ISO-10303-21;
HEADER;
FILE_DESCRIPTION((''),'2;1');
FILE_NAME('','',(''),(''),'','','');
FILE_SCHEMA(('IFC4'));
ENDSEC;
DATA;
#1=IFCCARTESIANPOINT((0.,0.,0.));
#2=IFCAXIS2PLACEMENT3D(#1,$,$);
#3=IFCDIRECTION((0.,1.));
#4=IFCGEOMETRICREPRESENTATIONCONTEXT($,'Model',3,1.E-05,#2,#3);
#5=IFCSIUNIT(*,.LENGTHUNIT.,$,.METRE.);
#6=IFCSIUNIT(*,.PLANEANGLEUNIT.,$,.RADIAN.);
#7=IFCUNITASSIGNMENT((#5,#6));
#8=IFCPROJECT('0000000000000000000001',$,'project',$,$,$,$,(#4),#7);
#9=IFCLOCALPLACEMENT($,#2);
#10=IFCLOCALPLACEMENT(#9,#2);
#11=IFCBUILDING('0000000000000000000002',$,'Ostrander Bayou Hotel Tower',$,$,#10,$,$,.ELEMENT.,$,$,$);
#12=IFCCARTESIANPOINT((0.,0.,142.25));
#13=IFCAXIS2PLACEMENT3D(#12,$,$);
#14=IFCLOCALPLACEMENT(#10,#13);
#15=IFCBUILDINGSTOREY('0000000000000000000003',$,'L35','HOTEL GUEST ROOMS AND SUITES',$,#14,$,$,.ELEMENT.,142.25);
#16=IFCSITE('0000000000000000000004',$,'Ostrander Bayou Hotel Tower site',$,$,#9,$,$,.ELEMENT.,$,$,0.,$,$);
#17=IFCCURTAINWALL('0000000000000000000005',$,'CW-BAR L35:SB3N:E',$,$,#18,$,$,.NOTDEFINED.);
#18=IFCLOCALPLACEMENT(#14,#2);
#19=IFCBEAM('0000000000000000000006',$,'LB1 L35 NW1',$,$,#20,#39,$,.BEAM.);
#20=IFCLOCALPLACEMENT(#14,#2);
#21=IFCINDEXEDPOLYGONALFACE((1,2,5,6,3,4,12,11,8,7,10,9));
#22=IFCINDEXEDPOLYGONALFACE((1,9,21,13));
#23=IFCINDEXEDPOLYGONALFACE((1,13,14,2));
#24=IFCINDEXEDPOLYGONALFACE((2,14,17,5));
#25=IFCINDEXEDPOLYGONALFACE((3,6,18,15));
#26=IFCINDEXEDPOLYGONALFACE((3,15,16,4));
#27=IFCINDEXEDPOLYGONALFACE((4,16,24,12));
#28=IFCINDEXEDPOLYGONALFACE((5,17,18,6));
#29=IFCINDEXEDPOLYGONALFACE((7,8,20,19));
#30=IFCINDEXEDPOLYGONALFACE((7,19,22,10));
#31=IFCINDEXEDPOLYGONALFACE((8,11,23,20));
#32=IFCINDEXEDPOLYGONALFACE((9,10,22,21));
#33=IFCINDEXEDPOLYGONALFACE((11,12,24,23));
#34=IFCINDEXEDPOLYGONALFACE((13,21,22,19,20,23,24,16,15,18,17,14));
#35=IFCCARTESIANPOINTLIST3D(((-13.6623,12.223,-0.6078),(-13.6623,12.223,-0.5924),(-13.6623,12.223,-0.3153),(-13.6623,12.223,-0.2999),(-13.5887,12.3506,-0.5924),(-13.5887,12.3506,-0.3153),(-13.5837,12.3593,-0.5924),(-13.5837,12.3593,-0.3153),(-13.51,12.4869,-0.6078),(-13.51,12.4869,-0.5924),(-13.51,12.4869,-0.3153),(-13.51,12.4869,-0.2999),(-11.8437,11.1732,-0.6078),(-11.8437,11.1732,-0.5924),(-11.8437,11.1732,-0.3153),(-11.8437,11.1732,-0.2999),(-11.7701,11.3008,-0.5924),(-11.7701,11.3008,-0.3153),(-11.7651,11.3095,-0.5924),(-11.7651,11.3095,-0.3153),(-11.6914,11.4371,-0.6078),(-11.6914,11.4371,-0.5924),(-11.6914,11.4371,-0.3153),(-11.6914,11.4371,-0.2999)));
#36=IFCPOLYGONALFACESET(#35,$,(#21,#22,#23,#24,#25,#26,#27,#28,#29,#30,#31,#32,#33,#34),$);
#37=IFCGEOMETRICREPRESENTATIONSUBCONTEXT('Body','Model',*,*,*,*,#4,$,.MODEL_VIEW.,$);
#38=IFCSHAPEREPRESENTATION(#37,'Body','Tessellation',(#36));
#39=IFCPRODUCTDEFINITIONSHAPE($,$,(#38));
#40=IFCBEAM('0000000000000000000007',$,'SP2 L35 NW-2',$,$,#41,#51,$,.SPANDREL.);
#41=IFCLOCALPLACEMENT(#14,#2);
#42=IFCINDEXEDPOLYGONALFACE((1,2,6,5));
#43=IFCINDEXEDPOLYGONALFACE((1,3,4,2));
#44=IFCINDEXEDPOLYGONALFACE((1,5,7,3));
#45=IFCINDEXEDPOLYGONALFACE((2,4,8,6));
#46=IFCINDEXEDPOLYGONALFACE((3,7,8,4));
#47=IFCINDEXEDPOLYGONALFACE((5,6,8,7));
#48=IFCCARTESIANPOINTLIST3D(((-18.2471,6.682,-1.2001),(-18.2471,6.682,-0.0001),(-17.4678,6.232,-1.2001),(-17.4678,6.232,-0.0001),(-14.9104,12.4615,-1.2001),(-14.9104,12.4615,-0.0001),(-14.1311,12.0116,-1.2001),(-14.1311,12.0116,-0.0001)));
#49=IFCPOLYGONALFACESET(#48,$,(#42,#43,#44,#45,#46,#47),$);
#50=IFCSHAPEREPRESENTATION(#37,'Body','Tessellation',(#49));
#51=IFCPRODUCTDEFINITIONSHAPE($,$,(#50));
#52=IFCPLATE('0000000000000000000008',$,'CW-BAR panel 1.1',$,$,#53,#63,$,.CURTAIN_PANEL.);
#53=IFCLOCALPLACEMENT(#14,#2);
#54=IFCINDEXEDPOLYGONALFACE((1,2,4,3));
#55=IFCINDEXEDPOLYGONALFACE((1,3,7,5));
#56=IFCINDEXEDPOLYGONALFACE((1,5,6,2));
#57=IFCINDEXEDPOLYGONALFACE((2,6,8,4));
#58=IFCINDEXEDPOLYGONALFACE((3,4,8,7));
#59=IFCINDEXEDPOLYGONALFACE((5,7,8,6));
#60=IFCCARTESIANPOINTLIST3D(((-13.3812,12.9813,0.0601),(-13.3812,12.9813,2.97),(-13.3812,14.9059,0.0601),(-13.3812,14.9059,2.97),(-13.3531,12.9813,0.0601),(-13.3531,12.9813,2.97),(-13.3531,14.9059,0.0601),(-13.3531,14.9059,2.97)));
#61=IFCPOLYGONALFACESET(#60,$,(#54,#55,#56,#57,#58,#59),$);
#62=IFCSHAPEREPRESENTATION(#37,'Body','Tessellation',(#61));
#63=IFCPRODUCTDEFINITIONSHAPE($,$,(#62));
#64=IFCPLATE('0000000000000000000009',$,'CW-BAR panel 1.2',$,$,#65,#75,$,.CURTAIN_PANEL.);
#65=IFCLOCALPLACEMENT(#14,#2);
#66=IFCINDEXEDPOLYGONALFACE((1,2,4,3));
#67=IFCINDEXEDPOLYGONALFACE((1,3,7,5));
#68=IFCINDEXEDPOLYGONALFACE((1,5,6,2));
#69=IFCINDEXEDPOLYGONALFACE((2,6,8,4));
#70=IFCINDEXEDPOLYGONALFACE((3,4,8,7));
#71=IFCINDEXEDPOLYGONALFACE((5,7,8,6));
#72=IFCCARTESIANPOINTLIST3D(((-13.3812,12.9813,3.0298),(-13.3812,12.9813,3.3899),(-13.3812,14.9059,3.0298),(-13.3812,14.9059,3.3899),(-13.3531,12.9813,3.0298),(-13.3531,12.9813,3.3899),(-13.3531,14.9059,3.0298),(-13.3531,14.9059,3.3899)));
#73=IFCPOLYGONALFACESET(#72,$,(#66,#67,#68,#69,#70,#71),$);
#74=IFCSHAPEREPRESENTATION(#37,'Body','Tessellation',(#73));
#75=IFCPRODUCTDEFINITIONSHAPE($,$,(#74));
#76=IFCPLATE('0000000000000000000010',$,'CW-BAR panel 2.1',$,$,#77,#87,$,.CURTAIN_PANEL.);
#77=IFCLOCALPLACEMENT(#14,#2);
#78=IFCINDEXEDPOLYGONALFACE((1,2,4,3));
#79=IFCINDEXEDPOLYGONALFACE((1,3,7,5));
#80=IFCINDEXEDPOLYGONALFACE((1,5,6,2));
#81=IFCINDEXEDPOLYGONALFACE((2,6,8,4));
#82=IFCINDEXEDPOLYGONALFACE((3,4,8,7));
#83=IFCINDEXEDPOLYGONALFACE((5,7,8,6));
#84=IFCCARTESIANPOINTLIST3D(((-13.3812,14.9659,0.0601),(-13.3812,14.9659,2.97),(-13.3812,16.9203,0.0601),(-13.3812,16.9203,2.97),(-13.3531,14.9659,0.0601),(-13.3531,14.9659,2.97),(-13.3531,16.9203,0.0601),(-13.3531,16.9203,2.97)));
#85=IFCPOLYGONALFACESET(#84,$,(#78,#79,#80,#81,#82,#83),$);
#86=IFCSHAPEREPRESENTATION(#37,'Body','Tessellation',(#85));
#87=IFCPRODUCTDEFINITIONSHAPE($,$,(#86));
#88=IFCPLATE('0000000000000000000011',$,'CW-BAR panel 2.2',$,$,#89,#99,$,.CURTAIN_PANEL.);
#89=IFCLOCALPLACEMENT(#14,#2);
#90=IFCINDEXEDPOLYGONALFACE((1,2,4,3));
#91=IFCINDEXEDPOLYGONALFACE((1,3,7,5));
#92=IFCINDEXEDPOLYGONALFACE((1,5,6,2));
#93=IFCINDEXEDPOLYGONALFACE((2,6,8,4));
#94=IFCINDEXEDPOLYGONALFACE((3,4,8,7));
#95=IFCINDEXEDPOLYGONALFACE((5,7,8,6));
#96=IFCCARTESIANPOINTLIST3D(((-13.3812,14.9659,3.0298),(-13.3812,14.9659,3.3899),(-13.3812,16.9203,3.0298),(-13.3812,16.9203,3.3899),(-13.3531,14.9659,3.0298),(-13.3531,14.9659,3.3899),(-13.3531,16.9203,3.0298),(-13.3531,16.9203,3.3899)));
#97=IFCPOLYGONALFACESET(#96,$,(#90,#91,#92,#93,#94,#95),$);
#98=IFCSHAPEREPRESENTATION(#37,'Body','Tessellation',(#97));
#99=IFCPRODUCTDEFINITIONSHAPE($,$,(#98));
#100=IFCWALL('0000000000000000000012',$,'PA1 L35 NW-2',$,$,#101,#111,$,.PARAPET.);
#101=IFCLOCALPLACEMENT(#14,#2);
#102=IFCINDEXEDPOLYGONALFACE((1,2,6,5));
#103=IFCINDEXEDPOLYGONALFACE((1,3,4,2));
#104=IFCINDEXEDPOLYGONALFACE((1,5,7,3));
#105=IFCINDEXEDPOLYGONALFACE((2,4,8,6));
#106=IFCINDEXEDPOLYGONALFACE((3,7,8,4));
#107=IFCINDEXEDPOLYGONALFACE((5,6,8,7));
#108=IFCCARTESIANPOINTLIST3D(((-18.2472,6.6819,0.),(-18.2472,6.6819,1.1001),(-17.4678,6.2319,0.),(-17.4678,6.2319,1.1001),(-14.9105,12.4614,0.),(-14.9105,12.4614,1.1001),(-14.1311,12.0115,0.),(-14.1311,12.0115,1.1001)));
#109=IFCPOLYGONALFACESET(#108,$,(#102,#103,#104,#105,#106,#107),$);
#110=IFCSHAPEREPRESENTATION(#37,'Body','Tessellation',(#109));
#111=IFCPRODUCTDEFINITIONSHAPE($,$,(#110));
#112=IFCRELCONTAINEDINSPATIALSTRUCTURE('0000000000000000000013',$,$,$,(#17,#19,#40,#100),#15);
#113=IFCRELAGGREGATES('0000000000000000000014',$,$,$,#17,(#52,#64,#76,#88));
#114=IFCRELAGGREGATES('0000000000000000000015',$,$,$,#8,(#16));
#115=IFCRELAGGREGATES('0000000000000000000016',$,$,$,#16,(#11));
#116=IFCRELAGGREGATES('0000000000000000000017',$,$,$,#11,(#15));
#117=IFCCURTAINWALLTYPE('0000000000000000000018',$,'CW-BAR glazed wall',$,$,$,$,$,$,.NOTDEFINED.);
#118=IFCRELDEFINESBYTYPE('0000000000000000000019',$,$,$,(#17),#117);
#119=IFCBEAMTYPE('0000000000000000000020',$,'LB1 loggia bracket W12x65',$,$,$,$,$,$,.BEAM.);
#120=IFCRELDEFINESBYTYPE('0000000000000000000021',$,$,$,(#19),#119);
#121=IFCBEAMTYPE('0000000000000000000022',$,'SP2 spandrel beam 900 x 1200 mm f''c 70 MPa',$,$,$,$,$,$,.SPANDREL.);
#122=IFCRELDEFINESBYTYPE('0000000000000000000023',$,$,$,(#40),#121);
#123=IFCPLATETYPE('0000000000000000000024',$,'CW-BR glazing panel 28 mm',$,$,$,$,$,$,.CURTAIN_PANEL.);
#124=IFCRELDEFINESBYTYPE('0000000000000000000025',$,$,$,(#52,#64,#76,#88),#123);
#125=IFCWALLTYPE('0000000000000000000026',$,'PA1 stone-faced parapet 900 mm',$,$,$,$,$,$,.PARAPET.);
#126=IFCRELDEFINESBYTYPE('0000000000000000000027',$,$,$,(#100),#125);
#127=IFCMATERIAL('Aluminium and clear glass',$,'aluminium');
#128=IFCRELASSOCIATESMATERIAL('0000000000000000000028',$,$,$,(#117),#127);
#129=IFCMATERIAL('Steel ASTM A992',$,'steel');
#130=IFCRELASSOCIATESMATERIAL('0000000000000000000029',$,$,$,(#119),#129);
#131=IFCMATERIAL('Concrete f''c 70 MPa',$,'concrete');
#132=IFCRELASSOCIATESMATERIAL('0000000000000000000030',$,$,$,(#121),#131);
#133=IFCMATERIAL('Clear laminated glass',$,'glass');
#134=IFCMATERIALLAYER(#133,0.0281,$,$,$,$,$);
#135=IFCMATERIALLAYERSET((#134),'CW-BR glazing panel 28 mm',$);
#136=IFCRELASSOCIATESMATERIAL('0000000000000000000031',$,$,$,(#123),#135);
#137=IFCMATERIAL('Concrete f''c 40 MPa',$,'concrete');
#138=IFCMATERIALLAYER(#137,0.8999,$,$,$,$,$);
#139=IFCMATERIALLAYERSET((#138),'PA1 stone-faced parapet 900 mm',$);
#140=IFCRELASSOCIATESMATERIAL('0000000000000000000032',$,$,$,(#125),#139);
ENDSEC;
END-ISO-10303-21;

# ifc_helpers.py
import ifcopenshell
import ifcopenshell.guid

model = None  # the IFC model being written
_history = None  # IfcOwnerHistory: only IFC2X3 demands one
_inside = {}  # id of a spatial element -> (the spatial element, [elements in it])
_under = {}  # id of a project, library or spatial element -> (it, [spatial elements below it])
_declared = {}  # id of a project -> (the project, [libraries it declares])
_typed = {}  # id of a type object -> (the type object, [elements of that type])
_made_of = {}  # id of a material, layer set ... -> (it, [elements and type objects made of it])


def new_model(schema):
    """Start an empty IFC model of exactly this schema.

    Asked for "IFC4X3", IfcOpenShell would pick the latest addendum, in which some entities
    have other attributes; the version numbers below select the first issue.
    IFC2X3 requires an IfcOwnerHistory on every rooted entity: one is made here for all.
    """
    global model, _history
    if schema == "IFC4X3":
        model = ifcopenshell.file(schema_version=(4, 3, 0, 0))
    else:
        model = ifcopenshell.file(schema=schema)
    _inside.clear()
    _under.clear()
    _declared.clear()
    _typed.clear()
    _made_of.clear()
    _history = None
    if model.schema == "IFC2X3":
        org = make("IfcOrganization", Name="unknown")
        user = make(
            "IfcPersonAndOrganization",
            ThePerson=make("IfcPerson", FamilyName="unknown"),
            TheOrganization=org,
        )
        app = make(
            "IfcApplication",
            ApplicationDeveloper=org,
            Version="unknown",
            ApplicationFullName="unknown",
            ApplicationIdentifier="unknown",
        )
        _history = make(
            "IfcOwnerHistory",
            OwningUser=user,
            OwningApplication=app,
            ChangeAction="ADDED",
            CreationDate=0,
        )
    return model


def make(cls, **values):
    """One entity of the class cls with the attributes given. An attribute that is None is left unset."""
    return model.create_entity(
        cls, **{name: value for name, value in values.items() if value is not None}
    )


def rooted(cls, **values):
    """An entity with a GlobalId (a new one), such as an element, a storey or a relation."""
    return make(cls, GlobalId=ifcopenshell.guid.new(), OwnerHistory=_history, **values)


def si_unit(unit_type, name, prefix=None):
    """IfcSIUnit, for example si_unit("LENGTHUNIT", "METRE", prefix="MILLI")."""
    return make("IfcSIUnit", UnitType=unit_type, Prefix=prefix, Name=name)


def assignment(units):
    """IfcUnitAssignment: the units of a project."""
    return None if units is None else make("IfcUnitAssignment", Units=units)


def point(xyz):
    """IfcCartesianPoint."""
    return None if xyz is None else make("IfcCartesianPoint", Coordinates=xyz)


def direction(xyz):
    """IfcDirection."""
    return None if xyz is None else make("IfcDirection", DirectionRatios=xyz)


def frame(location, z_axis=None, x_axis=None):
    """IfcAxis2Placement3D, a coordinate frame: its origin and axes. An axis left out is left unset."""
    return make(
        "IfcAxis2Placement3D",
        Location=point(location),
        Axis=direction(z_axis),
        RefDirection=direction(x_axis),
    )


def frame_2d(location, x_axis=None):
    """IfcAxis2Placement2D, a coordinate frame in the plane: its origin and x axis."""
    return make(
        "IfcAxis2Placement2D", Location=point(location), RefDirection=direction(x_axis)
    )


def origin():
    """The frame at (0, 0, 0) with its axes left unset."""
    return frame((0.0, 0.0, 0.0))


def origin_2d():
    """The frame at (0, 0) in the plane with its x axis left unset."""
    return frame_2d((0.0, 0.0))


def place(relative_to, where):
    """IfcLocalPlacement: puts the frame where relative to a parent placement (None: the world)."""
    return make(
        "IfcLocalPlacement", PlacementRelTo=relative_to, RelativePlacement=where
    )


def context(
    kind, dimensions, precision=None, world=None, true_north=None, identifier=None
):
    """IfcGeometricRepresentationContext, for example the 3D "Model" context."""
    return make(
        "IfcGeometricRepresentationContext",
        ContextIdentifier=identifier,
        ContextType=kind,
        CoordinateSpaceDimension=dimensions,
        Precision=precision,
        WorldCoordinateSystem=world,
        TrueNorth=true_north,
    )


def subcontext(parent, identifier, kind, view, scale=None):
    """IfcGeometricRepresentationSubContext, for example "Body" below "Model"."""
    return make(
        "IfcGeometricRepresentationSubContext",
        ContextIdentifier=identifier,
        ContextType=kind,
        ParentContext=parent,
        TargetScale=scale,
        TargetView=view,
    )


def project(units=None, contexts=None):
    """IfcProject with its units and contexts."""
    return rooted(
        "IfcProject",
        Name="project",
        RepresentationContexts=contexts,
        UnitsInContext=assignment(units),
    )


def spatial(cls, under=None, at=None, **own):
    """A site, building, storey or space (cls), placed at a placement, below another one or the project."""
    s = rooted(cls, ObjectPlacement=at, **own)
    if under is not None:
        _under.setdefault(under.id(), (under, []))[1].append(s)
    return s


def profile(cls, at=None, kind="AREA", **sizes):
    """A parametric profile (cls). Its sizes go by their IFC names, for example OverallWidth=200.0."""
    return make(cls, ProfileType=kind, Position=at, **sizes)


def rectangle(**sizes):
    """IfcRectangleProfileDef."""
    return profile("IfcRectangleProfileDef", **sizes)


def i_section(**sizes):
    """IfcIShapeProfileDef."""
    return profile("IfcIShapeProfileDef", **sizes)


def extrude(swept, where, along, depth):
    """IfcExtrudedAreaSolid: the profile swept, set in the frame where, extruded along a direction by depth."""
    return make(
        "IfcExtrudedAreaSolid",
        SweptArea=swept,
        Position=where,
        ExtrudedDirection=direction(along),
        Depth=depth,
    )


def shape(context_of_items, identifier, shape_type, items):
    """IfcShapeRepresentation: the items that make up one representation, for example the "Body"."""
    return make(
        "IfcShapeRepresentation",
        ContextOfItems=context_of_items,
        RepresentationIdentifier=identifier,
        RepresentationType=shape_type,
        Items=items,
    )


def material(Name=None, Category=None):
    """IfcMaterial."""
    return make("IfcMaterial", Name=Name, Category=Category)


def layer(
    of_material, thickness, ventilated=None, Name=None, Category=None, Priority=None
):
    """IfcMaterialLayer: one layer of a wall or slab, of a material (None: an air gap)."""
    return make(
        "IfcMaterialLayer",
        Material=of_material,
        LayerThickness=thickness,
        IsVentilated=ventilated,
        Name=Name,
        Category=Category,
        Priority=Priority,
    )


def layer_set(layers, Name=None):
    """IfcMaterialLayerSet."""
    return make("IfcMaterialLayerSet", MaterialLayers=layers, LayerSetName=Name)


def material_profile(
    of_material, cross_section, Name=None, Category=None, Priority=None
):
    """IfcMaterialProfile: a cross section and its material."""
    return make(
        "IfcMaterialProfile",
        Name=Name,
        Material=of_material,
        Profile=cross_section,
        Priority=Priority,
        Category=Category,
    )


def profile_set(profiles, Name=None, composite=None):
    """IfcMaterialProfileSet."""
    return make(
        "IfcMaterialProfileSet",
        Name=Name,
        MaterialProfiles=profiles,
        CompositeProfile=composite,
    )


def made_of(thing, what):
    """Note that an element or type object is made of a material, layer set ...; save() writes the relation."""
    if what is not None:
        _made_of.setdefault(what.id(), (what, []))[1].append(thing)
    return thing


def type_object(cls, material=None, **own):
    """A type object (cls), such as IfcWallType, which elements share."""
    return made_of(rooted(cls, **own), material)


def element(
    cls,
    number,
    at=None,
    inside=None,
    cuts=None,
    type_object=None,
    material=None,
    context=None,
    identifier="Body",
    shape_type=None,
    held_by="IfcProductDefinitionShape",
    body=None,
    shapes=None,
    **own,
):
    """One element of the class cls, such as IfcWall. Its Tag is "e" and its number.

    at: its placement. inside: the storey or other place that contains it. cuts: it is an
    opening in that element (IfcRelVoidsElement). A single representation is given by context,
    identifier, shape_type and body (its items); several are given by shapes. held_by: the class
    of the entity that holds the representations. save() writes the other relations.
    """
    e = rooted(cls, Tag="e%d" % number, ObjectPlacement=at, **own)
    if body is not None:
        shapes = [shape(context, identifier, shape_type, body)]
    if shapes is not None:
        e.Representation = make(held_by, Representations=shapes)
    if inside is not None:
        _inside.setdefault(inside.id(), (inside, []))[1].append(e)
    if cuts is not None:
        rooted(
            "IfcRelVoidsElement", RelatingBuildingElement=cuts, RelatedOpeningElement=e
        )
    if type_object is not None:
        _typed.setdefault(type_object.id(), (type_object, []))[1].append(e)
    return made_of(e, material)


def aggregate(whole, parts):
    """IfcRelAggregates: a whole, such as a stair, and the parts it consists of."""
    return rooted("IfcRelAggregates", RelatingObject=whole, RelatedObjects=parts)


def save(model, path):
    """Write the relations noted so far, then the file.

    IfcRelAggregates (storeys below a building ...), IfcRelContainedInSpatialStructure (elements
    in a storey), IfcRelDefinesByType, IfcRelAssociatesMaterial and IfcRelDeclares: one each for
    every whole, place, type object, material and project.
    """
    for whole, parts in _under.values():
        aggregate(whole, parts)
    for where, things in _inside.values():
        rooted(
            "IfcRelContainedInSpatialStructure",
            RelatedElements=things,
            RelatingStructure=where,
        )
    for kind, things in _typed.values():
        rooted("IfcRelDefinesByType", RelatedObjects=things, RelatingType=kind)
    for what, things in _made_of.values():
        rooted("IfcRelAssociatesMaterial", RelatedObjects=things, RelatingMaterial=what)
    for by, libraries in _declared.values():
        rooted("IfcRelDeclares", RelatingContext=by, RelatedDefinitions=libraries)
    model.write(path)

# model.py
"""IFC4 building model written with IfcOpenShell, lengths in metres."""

from ifc_helpers import new_model, si_unit, direction, frame, frame_2d, origin, origin_2d, place, context, subcontext, project, spatial, rectangle, i_section, extrude, material, layer, layer_set, material_profile, profile_set, type_object, element, aggregate, save


model = new_model("IFC4")

# Units and contexts
model_context = context("Model", 3, precision=1e-05, world=origin(), true_north=direction((0.0, 1.0)))
body_context = subcontext(model_context, "Body", "Model", "MODEL_VIEW")
ifc_project = project(units=[si_unit("LENGTHUNIT", "METRE"), si_unit("PLANEANGLEUNIT", "RADIAN")], contexts=[model_context])

# Site, building, storey
site_placement = place(None, origin())
site = spatial("IfcSite", under=ifc_project, at=site_placement, Name="Ostrander Bayou Hotel Tower site", CompositionType="ELEMENT", RefElevation=0.0)
building_placement = place(site_placement, origin())
building = spatial("IfcBuilding", under=site, at=building_placement, Name="Ostrander Bayou Hotel Tower", CompositionType="ELEMENT")
storey_placement = place(building_placement, frame((0.0, 0.0, 142.25)))
storey = spatial("IfcBuildingStorey", under=building, at=storey_placement, Name="L35", Description="HOTEL GUEST ROOMS AND SUITES", CompositionType="ELEMENT", Elevation=142.25)

# Curtain wall
ifc_material_1 = material(Name="Aluminium and clear glass", Category="aluminium")
curtain_wall_type = type_object("IfcCurtainWallType", Name="CW-BAR glazed wall", PredefinedType="NOTDEFINED", material=ifc_material_1)
curtain_wall_placement = place(storey_placement, origin())
curtain_wall = element("IfcCurtainWall", 1, at=curtain_wall_placement, inside=storey, type_object=curtain_wall_type, Name="CW-BAR L35:SB3N:E", PredefinedType="NOTDEFINED")

# Beams
ifc_material_2 = material(Name="Steel ASTM A992", Category="steel")
ifc_material_profile_1 = material_profile(ifc_material_2, i_section(OverallWidth=0.3047, OverallDepth=0.3079, WebThickness=0.01, FlangeThickness=0.0154, at=origin_2d()))
ifc_profile_set_1 = profile_set([ifc_material_profile_1], Name="Steel ASTM A992")
beam_type_1 = type_object("IfcBeamType", Name="LB1 loggia bracket W12x65", PredefinedType="BEAM", material=ifc_profile_set_1)
beam_1_placement = place(storey_placement, frame((-13.5862, 12.355, -0.4539), z_axis=(0.86606, -0.499941, 0.0), x_axis=(0.499941, 0.86606, 0.0)))
element("IfcBeam", 2, at=beam_1_placement, inside=storey, type_object=beam_type_1, Name="LB1 L35 NW1", PredefinedType="BEAM", context=body_context, shape_type="SweptSolid", body=[
    extrude(i_section(OverallWidth=0.3047, OverallDepth=0.3079, WebThickness=0.01, FlangeThickness=0.0154, at=origin_2d()), origin(), (0.0, 0.0, 1.0), 2.0999),
])
ifc_material_3 = material(Name="Concrete f'c 70 MPa", Category="concrete")
ifc_material_profile_2 = material_profile(ifc_material_3, rectangle(XDim=0.8999, YDim=1.2, at=origin_2d()))
ifc_profile_set_2 = profile_set([ifc_material_profile_2], Name="Concrete f'c 70 MPa")
beam_type_2 = type_object("IfcBeamType", Name="SP2 spandrel beam 900 x 1200 mm f'c 70 MPa", PredefinedType="SPANDREL", material=ifc_profile_set_2)
beam_2_placement = place(storey_placement, frame((-14.5208, 12.2366, -0.6001), z_axis=(-0.499983, -0.866035, 0.0), x_axis=(0.866035, -0.499983, 0.0)))
element("IfcBeam", 3, at=beam_2_placement, inside=storey, type_object=beam_type_2, Name="SP2 L35 NW-2", PredefinedType="SPANDREL", context=body_context, shape_type="SweptSolid", body=[
    extrude(rectangle(XDim=0.8999, YDim=1.2, at=origin_2d()), origin(), (0.0, 0.0, 1.0), 6.6736),
])

# Plates
ifc_material_4 = material(Name="Clear laminated glass", Category="glass")
ifc_layer_1 = layer(ifc_material_4, 0.0281)
ifc_layer_set_1 = layer_set([ifc_layer_1], Name="CW-BR glazing panel 28 mm")
plate_type = type_object("IfcPlateType", Name="CW-BR glazing panel 28 mm", PredefinedType="CURTAIN_PANEL", material=ifc_layer_set_1)
plate_1_placement = place(storey_placement, frame((-13.3672, 13.9436, 0.0601), z_axis=(0.0, 0.0, 1.0), x_axis=(0.0, 1.0, 0.0)))
plate_1 = element("IfcPlate", 4, at=plate_1_placement, type_object=plate_type, Name="CW-BAR panel 1.1", PredefinedType="CURTAIN_PANEL", context=body_context, shape_type="SweptSolid", body=[
    extrude(rectangle(XDim=1.9246, YDim=0.0281, at=origin_2d()), origin(), (0.0, 0.0, 1.0), 2.9099),
])
plate_2_placement = place(storey_placement, frame((-13.3672, 13.9436, 3.0298), z_axis=(0.0, 0.0, 1.0), x_axis=(0.0, 1.0, 0.0)))
plate_2 = element("IfcPlate", 5, at=plate_2_placement, type_object=plate_type, Name="CW-BAR panel 1.2", PredefinedType="CURTAIN_PANEL", context=body_context, shape_type="SweptSolid", body=[
    extrude(rectangle(XDim=1.9246, YDim=0.0281, at=origin_2d()), origin(), (0.0, 0.0, 1.0), 0.3601),
])
plate_3_placement = place(storey_placement, frame((-13.3672, 15.9431, 0.0601), z_axis=(0.0, 0.0, 1.0), x_axis=(0.0, 1.0, 0.0)))
plate_3 = element("IfcPlate", 6, at=plate_3_placement, type_object=plate_type, Name="CW-BAR panel 2.1", PredefinedType="CURTAIN_PANEL", context=body_context, shape_type="SweptSolid", body=[
    extrude(rectangle(XDim=1.9543, YDim=0.0281, at=origin_2d()), origin(), (0.0, 0.0, 1.0), 2.9099),
])
plate_4_placement = place(storey_placement, frame((-13.3672, 15.9431, 3.0298), z_axis=(0.0, 0.0, 1.0), x_axis=(0.0, 1.0, 0.0)))
plate_4 = element("IfcPlate", 7, at=plate_4_placement, type_object=plate_type, Name="CW-BAR panel 2.2", PredefinedType="CURTAIN_PANEL", context=body_context, shape_type="SweptSolid", body=[
    extrude(rectangle(XDim=1.9543, YDim=0.0281, at=origin_2d()), origin(), (0.0, 0.0, 1.0), 0.3601),
])
aggregate(curtain_wall, [plate_1, plate_2, plate_3, plate_4])

# Wall
ifc_material_5 = material(Name="Concrete f'c 40 MPa", Category="concrete")
ifc_layer_2 = layer(ifc_material_5, 0.8999)
ifc_layer_set_2 = layer_set([ifc_layer_2], Name="PA1 stone-faced parapet 900 mm")
wall_type = type_object("IfcWallType", Name="PA1 stone-faced parapet 900 mm", PredefinedType="PARAPET", material=ifc_layer_set_2)
wall_placement = place(storey_placement, frame((-14.5208, 12.2366, 0.0), z_axis=(0.0, 0.0, 1.0), x_axis=(-0.499983, -0.866035, 0.0)))
element("IfcWall", 8, at=wall_placement, inside=storey, type_object=wall_type, Name="PA1 L35 NW-2", PredefinedType="PARAPET", context=body_context, shape_type="SweptSolid", body=[
    extrude(rectangle(XDim=6.6736, YDim=0.8999, at=frame_2d((3.3369, 0.0))), origin(), (0.0, 0.0, 1.0), 1.1001),
])

save(model, "model.ifc")
